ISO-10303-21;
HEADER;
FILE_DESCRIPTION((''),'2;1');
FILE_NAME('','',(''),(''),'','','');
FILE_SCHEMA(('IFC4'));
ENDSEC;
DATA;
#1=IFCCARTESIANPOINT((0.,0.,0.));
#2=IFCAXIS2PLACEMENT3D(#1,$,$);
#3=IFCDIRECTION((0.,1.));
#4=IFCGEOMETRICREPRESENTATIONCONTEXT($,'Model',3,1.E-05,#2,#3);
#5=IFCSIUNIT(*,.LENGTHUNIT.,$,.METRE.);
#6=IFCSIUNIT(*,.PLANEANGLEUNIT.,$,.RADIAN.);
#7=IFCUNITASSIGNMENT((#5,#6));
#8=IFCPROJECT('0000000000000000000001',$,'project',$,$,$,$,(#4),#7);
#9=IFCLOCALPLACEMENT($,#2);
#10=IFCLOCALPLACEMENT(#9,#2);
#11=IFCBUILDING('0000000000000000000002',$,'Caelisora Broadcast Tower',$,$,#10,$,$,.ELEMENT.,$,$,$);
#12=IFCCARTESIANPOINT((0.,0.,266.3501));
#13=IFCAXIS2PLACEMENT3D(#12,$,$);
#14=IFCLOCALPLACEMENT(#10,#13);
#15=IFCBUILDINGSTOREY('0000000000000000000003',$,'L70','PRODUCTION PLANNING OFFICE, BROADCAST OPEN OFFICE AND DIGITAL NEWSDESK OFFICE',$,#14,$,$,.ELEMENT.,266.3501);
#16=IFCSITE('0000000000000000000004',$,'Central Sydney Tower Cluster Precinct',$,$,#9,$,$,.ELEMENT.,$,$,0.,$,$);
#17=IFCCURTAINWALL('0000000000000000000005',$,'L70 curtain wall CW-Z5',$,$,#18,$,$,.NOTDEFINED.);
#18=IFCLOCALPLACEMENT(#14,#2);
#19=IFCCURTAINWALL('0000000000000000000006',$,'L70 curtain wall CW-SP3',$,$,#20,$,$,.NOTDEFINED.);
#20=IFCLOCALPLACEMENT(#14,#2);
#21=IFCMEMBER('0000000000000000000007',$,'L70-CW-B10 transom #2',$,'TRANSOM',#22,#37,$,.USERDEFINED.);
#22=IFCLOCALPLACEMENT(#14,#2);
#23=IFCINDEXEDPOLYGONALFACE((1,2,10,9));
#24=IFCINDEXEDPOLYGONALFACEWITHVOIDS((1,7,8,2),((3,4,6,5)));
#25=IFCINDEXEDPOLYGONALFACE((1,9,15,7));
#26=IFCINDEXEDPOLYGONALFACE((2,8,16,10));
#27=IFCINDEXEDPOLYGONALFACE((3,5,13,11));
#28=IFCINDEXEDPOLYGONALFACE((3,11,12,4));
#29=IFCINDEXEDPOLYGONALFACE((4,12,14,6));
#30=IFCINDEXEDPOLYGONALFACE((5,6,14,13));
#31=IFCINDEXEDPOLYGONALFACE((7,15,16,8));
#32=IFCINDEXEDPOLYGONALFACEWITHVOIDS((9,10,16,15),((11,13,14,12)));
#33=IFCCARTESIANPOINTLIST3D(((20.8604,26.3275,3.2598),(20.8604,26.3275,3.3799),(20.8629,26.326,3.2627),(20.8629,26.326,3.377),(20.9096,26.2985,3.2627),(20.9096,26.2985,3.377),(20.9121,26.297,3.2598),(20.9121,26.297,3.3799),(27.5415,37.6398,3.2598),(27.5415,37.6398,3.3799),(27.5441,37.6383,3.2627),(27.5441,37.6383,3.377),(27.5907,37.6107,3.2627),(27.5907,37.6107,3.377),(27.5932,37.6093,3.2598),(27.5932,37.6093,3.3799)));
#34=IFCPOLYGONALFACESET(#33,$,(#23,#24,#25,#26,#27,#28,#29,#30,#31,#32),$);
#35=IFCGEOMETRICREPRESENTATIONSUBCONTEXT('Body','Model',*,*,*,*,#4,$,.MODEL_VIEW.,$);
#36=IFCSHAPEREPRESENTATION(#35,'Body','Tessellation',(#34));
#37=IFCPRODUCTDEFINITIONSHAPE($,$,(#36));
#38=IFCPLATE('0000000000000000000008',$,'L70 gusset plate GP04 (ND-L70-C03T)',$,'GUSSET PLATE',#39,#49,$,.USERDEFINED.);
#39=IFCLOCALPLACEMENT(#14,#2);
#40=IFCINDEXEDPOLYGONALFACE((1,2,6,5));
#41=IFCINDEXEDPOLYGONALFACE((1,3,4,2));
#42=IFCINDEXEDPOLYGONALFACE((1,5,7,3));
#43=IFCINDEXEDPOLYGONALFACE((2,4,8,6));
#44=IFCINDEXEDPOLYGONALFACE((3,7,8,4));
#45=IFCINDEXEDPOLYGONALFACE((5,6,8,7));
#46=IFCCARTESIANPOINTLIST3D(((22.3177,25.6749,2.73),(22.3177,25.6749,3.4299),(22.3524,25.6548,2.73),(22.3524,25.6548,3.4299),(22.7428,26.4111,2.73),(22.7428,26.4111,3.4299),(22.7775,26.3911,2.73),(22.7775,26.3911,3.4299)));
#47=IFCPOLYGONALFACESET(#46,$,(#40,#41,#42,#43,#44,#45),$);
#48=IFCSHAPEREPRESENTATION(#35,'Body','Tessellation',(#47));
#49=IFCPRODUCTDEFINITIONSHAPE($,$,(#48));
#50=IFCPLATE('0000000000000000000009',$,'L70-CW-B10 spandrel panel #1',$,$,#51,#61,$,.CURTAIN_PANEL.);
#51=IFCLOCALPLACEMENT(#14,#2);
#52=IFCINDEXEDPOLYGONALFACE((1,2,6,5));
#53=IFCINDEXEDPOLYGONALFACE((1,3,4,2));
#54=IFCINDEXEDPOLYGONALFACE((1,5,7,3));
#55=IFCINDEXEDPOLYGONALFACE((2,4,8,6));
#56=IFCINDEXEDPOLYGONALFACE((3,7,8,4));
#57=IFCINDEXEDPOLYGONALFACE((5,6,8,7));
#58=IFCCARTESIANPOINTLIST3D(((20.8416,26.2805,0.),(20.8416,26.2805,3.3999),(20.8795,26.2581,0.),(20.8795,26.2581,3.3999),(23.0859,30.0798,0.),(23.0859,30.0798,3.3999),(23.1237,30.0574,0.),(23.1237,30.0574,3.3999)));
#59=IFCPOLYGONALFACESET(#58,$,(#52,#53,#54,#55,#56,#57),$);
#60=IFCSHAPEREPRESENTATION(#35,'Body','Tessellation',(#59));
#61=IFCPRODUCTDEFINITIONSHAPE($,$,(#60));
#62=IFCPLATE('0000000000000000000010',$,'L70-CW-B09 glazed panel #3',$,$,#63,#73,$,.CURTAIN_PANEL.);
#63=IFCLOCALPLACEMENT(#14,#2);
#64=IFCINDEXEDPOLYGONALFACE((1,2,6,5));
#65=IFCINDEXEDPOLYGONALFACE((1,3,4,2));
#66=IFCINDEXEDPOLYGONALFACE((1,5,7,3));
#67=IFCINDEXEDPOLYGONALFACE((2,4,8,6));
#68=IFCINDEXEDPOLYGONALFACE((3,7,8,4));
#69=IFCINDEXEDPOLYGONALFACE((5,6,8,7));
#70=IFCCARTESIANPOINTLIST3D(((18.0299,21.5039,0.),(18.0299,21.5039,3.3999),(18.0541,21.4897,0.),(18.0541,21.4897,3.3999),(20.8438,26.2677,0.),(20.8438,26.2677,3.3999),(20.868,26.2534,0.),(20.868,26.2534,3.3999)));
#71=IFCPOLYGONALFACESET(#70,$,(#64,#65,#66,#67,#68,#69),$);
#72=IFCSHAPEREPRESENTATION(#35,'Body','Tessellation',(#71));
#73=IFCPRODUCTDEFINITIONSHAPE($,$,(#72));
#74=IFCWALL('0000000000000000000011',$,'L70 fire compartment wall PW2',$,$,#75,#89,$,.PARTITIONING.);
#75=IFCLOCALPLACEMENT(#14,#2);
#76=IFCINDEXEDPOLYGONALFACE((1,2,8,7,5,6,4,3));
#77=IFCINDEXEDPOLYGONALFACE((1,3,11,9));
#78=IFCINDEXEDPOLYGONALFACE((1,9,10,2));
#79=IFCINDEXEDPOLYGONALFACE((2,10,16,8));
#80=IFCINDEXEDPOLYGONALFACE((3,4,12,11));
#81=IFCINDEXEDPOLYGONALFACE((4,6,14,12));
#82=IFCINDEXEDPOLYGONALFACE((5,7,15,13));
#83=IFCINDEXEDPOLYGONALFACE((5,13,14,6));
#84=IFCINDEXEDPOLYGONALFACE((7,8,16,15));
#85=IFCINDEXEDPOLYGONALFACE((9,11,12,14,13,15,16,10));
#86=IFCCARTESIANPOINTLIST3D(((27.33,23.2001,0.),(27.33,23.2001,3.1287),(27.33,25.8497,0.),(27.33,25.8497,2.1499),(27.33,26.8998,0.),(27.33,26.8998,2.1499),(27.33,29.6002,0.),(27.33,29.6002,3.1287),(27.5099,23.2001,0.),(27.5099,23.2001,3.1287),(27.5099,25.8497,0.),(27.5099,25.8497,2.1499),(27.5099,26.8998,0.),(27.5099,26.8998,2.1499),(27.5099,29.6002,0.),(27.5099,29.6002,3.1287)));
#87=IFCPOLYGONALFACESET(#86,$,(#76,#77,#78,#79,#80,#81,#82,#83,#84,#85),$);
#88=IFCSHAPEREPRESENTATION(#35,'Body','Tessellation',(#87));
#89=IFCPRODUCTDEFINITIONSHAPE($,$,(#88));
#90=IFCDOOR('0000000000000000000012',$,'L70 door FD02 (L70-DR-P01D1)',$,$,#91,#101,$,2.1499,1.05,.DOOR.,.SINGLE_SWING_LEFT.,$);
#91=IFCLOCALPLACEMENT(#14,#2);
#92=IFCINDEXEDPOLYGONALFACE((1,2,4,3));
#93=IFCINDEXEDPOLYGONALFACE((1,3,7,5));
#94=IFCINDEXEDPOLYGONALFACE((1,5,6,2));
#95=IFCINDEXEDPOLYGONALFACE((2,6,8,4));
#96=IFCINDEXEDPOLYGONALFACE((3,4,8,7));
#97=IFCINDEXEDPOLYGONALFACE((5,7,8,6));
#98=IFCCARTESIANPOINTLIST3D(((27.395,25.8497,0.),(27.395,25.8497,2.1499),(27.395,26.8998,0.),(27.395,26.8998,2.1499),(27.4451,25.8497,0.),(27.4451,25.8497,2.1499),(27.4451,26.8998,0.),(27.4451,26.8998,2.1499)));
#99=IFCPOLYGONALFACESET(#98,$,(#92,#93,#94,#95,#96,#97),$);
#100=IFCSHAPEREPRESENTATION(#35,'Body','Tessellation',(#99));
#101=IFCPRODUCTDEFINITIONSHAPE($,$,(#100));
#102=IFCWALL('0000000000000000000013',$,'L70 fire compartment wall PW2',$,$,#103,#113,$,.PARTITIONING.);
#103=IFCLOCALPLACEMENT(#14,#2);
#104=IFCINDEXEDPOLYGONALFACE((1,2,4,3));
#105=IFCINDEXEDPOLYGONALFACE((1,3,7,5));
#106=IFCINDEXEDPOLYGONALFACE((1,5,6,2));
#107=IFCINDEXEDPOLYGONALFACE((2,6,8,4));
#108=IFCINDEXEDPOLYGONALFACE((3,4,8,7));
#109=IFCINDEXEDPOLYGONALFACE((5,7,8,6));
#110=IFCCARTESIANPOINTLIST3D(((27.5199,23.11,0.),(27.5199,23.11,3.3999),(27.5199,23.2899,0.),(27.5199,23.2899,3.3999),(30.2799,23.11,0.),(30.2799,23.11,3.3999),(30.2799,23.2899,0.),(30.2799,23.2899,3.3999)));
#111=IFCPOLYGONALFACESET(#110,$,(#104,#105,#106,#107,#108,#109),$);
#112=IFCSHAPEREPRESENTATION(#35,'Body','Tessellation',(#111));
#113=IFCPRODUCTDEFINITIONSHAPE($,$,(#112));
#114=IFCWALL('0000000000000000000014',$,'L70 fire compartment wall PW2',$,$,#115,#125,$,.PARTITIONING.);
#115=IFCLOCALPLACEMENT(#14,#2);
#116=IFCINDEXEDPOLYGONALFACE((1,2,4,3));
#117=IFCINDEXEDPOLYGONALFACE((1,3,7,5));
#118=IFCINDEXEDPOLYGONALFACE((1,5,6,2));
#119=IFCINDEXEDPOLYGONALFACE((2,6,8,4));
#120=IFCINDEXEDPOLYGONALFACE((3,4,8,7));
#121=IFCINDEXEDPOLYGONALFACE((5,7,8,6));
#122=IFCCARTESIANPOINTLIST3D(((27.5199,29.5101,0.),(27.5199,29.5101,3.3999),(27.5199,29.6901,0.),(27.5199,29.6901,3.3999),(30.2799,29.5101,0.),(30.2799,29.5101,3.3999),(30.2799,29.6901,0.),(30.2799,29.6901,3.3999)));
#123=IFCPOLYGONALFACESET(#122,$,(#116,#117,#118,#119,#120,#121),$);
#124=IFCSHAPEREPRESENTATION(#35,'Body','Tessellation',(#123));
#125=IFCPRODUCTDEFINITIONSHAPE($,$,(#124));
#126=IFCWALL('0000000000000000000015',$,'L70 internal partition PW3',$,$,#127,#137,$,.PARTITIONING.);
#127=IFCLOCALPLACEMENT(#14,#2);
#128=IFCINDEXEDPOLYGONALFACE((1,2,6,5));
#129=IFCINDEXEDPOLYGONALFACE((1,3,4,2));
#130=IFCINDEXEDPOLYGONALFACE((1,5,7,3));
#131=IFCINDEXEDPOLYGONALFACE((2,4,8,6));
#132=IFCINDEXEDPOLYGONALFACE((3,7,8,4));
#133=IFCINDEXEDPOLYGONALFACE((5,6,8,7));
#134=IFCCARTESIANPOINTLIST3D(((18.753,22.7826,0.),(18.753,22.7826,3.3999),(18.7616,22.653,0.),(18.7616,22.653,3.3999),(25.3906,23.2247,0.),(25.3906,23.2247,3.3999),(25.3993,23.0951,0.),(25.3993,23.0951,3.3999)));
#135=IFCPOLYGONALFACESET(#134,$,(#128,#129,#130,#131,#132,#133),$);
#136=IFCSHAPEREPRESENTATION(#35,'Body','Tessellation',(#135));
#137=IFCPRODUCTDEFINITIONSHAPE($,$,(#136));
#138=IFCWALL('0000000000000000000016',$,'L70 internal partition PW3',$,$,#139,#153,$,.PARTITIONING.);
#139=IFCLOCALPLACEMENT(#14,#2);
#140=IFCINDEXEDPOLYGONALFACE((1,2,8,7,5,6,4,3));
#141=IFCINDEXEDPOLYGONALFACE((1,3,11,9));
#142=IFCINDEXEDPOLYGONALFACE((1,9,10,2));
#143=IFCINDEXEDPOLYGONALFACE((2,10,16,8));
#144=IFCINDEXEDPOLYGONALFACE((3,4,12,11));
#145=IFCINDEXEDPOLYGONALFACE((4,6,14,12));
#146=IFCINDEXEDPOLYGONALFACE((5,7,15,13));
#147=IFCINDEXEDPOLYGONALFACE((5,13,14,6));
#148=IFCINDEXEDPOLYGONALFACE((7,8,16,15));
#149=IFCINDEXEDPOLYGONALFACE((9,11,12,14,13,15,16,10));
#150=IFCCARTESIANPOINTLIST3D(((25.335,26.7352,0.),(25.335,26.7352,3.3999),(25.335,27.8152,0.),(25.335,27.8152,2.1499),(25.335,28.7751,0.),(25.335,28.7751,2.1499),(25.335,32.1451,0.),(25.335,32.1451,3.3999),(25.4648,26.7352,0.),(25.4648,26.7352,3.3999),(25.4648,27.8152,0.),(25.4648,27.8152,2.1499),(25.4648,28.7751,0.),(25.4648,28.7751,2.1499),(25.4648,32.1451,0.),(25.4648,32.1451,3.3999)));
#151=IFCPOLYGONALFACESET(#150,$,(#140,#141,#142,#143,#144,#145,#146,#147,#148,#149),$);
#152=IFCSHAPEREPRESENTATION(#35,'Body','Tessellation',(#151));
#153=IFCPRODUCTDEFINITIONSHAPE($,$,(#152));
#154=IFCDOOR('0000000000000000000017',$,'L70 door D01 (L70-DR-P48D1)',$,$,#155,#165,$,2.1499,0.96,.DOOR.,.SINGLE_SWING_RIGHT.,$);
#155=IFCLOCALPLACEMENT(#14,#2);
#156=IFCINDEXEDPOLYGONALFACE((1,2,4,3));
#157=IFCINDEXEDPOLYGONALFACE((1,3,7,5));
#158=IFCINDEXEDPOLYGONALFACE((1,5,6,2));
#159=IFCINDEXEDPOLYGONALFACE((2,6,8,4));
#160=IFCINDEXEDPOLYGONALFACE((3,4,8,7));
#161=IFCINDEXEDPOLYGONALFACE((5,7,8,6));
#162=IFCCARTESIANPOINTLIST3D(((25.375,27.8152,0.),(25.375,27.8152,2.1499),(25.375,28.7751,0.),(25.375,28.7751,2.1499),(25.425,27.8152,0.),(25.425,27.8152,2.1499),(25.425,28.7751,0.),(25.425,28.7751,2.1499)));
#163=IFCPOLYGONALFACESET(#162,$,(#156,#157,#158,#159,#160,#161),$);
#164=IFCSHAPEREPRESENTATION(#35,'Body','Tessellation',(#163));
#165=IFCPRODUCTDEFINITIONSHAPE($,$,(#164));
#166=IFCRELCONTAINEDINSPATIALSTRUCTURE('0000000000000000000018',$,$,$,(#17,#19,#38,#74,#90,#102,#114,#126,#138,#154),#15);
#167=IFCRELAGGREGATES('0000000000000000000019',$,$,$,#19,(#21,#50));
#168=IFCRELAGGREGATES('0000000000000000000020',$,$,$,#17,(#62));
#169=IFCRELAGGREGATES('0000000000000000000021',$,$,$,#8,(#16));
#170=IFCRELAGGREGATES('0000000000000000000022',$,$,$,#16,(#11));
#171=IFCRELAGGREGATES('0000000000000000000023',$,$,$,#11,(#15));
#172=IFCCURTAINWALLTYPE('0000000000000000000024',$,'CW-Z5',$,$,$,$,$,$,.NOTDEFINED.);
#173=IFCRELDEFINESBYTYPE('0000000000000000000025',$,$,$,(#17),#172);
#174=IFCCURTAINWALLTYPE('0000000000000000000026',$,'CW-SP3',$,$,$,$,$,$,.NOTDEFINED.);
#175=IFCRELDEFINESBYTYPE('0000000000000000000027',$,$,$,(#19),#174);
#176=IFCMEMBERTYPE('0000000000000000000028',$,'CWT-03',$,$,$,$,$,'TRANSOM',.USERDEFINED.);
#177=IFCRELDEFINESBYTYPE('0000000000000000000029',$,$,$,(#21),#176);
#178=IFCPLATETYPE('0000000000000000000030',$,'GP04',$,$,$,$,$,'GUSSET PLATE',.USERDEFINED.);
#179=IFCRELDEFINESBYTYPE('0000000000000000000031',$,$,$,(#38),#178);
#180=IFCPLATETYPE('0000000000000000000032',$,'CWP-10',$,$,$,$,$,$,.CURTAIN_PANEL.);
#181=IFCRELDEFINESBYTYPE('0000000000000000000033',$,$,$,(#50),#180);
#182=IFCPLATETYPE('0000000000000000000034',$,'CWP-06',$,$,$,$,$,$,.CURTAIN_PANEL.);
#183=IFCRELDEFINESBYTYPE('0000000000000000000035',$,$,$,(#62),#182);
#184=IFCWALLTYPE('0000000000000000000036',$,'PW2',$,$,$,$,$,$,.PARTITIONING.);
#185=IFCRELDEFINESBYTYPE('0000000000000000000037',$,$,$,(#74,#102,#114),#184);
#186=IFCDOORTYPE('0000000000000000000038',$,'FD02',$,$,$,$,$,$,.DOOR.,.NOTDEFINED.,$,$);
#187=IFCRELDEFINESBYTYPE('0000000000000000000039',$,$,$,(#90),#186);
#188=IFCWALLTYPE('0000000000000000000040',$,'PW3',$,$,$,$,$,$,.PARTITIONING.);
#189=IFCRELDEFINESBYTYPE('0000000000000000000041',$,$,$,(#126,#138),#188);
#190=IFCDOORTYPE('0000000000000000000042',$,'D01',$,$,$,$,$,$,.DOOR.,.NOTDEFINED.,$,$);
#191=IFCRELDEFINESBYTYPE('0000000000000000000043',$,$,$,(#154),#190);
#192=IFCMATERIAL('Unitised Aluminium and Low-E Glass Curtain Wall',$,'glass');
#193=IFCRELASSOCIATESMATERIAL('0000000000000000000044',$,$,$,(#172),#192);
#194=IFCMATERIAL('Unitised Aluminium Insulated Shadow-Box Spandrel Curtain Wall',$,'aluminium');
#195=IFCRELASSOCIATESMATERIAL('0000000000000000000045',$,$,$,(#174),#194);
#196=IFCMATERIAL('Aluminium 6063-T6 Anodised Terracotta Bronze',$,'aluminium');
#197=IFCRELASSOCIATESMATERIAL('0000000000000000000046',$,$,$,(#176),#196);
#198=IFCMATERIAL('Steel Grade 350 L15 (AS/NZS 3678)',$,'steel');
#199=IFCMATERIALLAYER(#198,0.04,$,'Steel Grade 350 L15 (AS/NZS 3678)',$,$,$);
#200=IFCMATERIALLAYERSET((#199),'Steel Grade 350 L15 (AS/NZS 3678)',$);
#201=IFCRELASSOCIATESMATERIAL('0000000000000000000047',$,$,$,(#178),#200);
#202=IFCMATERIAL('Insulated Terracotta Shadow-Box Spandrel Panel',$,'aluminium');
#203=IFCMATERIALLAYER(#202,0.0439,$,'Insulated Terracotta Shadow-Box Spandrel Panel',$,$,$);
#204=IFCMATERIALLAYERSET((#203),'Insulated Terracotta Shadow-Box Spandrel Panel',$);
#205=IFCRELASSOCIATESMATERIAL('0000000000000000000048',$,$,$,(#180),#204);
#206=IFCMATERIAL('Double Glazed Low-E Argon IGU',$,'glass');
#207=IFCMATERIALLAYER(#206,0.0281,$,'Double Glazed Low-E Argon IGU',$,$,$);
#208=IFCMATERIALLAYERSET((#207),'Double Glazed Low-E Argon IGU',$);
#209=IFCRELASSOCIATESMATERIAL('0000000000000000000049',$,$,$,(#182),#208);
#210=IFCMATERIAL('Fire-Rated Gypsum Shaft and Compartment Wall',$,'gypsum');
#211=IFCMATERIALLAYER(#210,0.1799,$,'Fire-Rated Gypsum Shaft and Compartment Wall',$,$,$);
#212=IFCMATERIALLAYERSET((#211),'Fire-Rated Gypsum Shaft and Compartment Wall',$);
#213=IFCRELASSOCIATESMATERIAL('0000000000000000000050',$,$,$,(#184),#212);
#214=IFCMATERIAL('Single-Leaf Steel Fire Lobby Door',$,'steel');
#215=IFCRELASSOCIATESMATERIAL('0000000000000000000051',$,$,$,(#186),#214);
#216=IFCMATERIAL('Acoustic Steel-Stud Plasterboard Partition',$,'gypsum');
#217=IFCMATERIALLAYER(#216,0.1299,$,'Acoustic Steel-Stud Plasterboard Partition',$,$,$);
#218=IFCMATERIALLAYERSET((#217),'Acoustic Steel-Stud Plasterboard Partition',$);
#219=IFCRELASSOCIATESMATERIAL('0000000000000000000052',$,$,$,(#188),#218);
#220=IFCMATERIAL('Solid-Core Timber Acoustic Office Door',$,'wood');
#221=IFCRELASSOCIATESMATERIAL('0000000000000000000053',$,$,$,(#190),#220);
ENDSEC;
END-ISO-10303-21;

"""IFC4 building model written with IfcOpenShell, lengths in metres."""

from ifc_helpers import new_model, si_unit, direction, frame, frame_2d, origin, origin_2d, place, context, subcontext, project, spatial, rectangle, hollow_rectangle, extrude, source, transform, mapped, material, layer, layer_set, material_profile, profile_set, type_object, type_shapes, element, fill, aggregate, save


model = new_model("IFC4")

# Units and contexts
model_context = context("Model", 3, precision=1e-05, world=origin(), true_north=direction((0.0, 1.0)))
body_context = subcontext(model_context, "Body", "Model", "MODEL_VIEW")
ifc_project = project(units=[si_unit("LENGTHUNIT", "METRE"), si_unit("PLANEANGLEUNIT", "RADIAN")], contexts=[model_context])

# Site, building, storey
site_placement = place(None, origin())
site = spatial("IfcSite", under=ifc_project, at=site_placement, Name="Central Sydney Tower Cluster Precinct", CompositionType="ELEMENT", RefElevation=0.0)
building_placement = place(site_placement, origin())
building = spatial("IfcBuilding", under=site, at=building_placement, Name="Caelisora Broadcast Tower", CompositionType="ELEMENT")
storey_placement = place(building_placement, frame((0.0, 0.0, 266.3501)))
storey = spatial("IfcBuildingStorey", under=building, at=storey_placement, Name="L70", Description="PRODUCTION PLANNING OFFICE, BROADCAST OPEN OFFICE AND DIGITAL NEWSDESK OFFICE", CompositionType="ELEMENT", Elevation=266.3501)

# Shared definitions
ifc_material_1 = material(Name="Steel Grade 350 L15 (AS/NZS 3678)", Category="steel")

# Curtain walls, member
ifc_material_2 = material(Name="Unitised Aluminium and Low-E Glass Curtain Wall", Category="glass")
curtain_wall_type_1 = type_object("IfcCurtainWallType", Name="CW-Z5", PredefinedType="NOTDEFINED", material=ifc_material_2)
curtain_wall_1_placement = place(storey_placement, origin())
curtain_wall_1 = element("IfcCurtainWall", 1, at=curtain_wall_1_placement, inside=storey, type_object=curtain_wall_type_1, Name="L70 curtain wall CW-Z5", PredefinedType="NOTDEFINED")
ifc_material_3 = material(Name="Aluminium 6063-T6 Anodised Terracotta Bronze", Category="aluminium")
ifc_material_4 = material(Name="Unitised Aluminium Insulated Shadow-Box Spandrel Curtain Wall", Category="aluminium")
curtain_wall_type_2 = type_object("IfcCurtainWallType", Name="CW-SP3", PredefinedType="NOTDEFINED", material=ifc_material_4)
curtain_wall_2_placement = place(storey_placement, origin())
curtain_wall_2 = element("IfcCurtainWall", 2, at=curtain_wall_2_placement, inside=storey, type_object=curtain_wall_type_2, Name="L70 curtain wall CW-SP3", PredefinedType="NOTDEFINED")
ifc_material_profile_1 = material_profile(ifc_material_3, hollow_rectangle(XDim=0.0601, YDim=0.1201, WallThickness=0.0029, at=origin_2d()), Name="Aluminium 6063-T6 Anodised Terracotta Bronze")
ifc_profile_set_1 = profile_set([ifc_material_profile_1], Name="Aluminium 6063-T6 Anodised Terracotta Bronze")
member_type_1 = type_object("IfcMemberType", Name="CWT-03", ElementType="TRANSOM", PredefinedType="USERDEFINED", material=ifc_profile_set_1)
shared_shape_1 = source(origin(), body_context, "Body", "SweptSolid", [
    extrude(hollow_rectangle(XDim=0.0601, YDim=0.1201, WallThickness=0.0029, at=origin_2d()), origin(), (0.0, 0.0, 1.0), 13.1379),
])
type_shapes(member_type_1, [shared_shape_1])
member_1_placement = place(storey_placement, frame((20.8862, 26.3123, 3.3198), z_axis=(0.50854, 0.861039, 0.0), x_axis=(-0.861039, 0.50854, 0.0)))
member_1 = element("IfcMember", 3, at=member_1_placement, type_object=member_type_1, Name="L70-CW-B10 transom #2", ObjectType="TRANSOM", PredefinedType="USERDEFINED", context=body_context, shape_type="MappedRepresentation", body=[
    mapped(shared_shape_1, transform((0.0, 0.0, 0.0), scale=1.0)),
])

# Plates
ifc_layer_1 = layer(ifc_material_1, 0.04, Name="Steel Grade 350 L15 (AS/NZS 3678)")
ifc_layer_set_1 = layer_set([ifc_layer_1], Name="Steel Grade 350 L15 (AS/NZS 3678)")
plate_type_1 = type_object("IfcPlateType", Name="GP04", ElementType="GUSSET PLATE", PredefinedType="USERDEFINED", material=ifc_layer_set_1)
shared_shape_2 = source(origin(), body_context, "Body", "SweptSolid", [
    extrude(rectangle(XDim=0.8501, YDim=0.04, at=origin_2d()), origin(), (0.0, 0.0, 1.0), 0.7),
])
type_shapes(plate_type_1, [shared_shape_2])
plate_1_placement = place(storey_placement, frame((22.5476, 26.033, 2.73), z_axis=(0.0, 0.0, 1.0), x_axis=(-0.5, -0.866025, 0.0)))
element("IfcPlate", 4, at=plate_1_placement, inside=storey, type_object=plate_type_1, Name="L70 gusset plate GP04 (ND-L70-C03T)", ObjectType="GUSSET PLATE", PredefinedType="USERDEFINED", context=body_context, shape_type="MappedRepresentation", body=[
    mapped(shared_shape_2, transform((0.0, 0.0, 0.0), scale=1.0)),
])
ifc_material_5 = material(Name="Insulated Terracotta Shadow-Box Spandrel Panel", Category="aluminium")
ifc_layer_2 = layer(ifc_material_5, 0.0439, Name="Insulated Terracotta Shadow-Box Spandrel Panel")
ifc_layer_set_2 = layer_set([ifc_layer_2], Name="Insulated Terracotta Shadow-Box Spandrel Panel")
plate_type_2 = type_object("IfcPlateType", Name="CWP-10", PredefinedType="CURTAIN_PANEL", material=ifc_layer_set_2)
shared_shape_3 = source(origin(), body_context, "Body", "SweptSolid", [
    extrude(rectangle(XDim=4.4126, YDim=0.0439, at=origin_2d()), origin(), (0.0, 0.0, 1.0), 3.3999),
])
type_shapes(plate_type_2, [shared_shape_3])
plate_2_placement = place(storey_placement, frame((21.9827, 28.1689, 0.0), z_axis=(0.0, 0.0, 1.0), x_axis=(0.508591, 0.861008, 0.0)))
plate_2 = element("IfcPlate", 5, at=plate_2_placement, type_object=plate_type_2, Name="L70-CW-B10 spandrel panel #1", PredefinedType="CURTAIN_PANEL", context=body_context, shape_type="MappedRepresentation", body=[
    mapped(shared_shape_3, transform((0.0, 0.0, 0.0), scale=1.0)),
])
aggregate(curtain_wall_2, [member_1, plate_2])
ifc_material_6 = material(Name="Double Glazed Low-E Argon IGU", Category="glass")
ifc_layer_3 = layer(ifc_material_6, 0.0281, Name="Double Glazed Low-E Argon IGU")
ifc_layer_set_3 = layer_set([ifc_layer_3], Name="Double Glazed Low-E Argon IGU")
plate_type_3 = type_object("IfcPlateType", Name="CWP-06", PredefinedType="CURTAIN_PANEL", material=ifc_layer_set_3)
shared_shape_4 = source(origin(), body_context, "Body", "SweptSolid", [
    extrude(rectangle(XDim=5.5327, YDim=0.0281, at=origin_2d()), origin(), (0.0, 0.0, 1.0), 3.3999),
])
type_shapes(plate_type_3, [shared_shape_4])
plate_3_placement = place(storey_placement, frame((19.449, 23.8787, 0.0), z_axis=(0.0, 0.0, 1.0), x_axis=(0.508591, 0.861008, 0.0)))
plate_3 = element("IfcPlate", 6, at=plate_3_placement, type_object=plate_type_3, Name="L70-CW-B09 glazed panel #3", PredefinedType="CURTAIN_PANEL", context=body_context, shape_type="MappedRepresentation", body=[
    mapped(shared_shape_4, transform((0.0, 0.0, 0.0), scale=1.0)),
])
aggregate(curtain_wall_1, [plate_3])

# Wall, opening, door
ifc_material_7 = material(Name="Fire-Rated Gypsum Shaft and Compartment Wall", Category="gypsum")
ifc_layer_4 = layer(ifc_material_7, 0.1799, Name="Fire-Rated Gypsum Shaft and Compartment Wall")
ifc_layer_set_4 = layer_set([ifc_layer_4], Name="Fire-Rated Gypsum Shaft and Compartment Wall")
wall_type_1 = type_object("IfcWallType", Name="PW2", PredefinedType="PARTITIONING", material=ifc_layer_set_4)
wall_1_placement = place(storey_placement, frame((27.4199, 23.2, 0.0), z_axis=(0.0, 0.0, 1.0), x_axis=(0.0, 1.0, 0.0)))
wall_1 = element("IfcWall", 7, at=wall_1_placement, inside=storey, type_object=wall_type_1, Name="L70 fire compartment wall PW2", PredefinedType="PARTITIONING", context=body_context, shape_type="SweptSolid", body=[
    extrude(rectangle(XDim=6.4001, YDim=0.1799, at=frame_2d((3.2002, 0.0))), origin(), (0.0, 0.0, 1.0), 3.1287),
])
opening_1_placement = place(wall_1_placement, frame((2.6499, 0.0, 0.0)))
opening_1 = element("IfcOpeningElement", 8, at=opening_1_placement, cuts=wall_1, PredefinedType="OPENING", context=body_context, shape_type="SweptSolid", body=[
    extrude(rectangle(XDim=1.05, YDim=2.1499, at=frame_2d((0.5249, 1.075))), frame((0.0, 0.1021, 0.0), z_axis=(0.0, -1.0, 0.0), x_axis=(1.0, 0.0, 0.0)), (0.0, 0.0, 1.0), 0.2039),
])
ifc_material_8 = material(Name="Single-Leaf Steel Fire Lobby Door", Category="steel")
door_type_1 = type_object("IfcDoorType", Name="FD02", OperationType="NOTDEFINED", PredefinedType="DOOR", material=ifc_material_8)
door_1_placement = place(opening_1_placement, origin())
door_1 = element("IfcDoor", 9, at=door_1_placement, inside=storey, type_object=door_type_1, Name="L70 door FD02 (L70-DR-P01D1)", OperationType="SINGLE_SWING_LEFT", OverallHeight=2.1499, OverallWidth=1.05, PredefinedType="DOOR", context=body_context, shape_type="SweptSolid", body=[
    extrude(rectangle(XDim=1.05, YDim=2.1499, at=frame_2d((0.5249, 1.075))), frame((0.0, 0.0249, 0.0), z_axis=(0.0, -1.0, 0.0), x_axis=(1.0, 0.0, 0.0)), (0.0, 0.0, 1.0), 0.05),
])
fill(opening_1, door_1)

# Walls
for number, where, z_axis, x_axis, name in (
    (10, (27.52, 23.2, 0.0), (0.0, 0.0, 1.0), (1.0, 0.0, 0.0), "L70 fire compartment wall PW2"),
    (11, (27.52, 29.6001, 0.0), (0.0, 0.0, 1.0), (1.0, 0.0, 0.0), "L70 fire compartment wall PW2"),
):
    element("IfcWall", number, at=place(storey_placement, frame(where, z_axis=z_axis, x_axis=x_axis)), inside=storey, type_object=wall_type_1, Name=name, PredefinedType="PARTITIONING", context=body_context, shape_type="SweptSolid", body=[
        extrude(rectangle(XDim=2.76, YDim=0.1799, at=frame_2d((1.3799, 0.0))), origin(), (0.0, 0.0, 1.0), 3.3999),
    ])
ifc_material_9 = material(Name="Acoustic Steel-Stud Plasterboard Partition", Category="gypsum")
ifc_layer_5 = layer(ifc_material_9, 0.1299, Name="Acoustic Steel-Stud Plasterboard Partition")
ifc_layer_set_5 = layer_set([ifc_layer_5], Name="Acoustic Steel-Stud Plasterboard Partition")
wall_type_2 = type_object("IfcWallType", Name="PW3", PredefinedType="PARTITIONING", material=ifc_layer_set_5)
wall_2_placement = place(storey_placement, frame((18.7573, 22.7178, 0.0), z_axis=(0.0, 0.0, 1.0), x_axis=(0.997789, 0.066463, 0.0)))
element("IfcWall", 12, at=wall_2_placement, inside=storey, type_object=wall_type_2, Name="L70 internal partition PW3", PredefinedType="PARTITIONING", context=body_context, shape_type="SweptSolid", body=[
    extrude(rectangle(XDim=6.6523, YDim=0.1299, at=frame_2d((3.3262, 0.0))), origin(), (0.0, 0.0, 1.0), 3.3999),
])

# Wall, opening, door
wall_3_placement = place(storey_placement, frame((25.3999, 26.7351, 0.0), z_axis=(0.0, 0.0, 1.0), x_axis=(0.0, 1.0, 0.0)))
wall_3 = element("IfcWall", 13, at=wall_3_placement, inside=storey, type_object=wall_type_2, Name="L70 internal partition PW3", PredefinedType="PARTITIONING", context=body_context, shape_type="SweptSolid", body=[
    extrude(rectangle(XDim=5.4099, YDim=0.1299, at=frame_2d((2.7051, 0.0))), origin(), (0.0, 0.0, 1.0), 3.3999),
])
opening_2_placement = place(wall_3_placement, frame((1.0801, 0.0, 0.0)))
opening_2 = element("IfcOpeningElement", 14, at=opening_2_placement, cuts=wall_3, PredefinedType="OPENING", context=body_context, shape_type="SweptSolid", body=[
    extrude(rectangle(XDim=0.96, YDim=2.1499, at=frame_2d((0.48, 1.075))), frame((0.0, 0.0769, 0.0), z_axis=(0.0, -1.0, 0.0), x_axis=(1.0, 0.0, 0.0)), (0.0, 0.0, 1.0), 0.1538),
])
ifc_material_10 = material(Name="Solid-Core Timber Acoustic Office Door", Category="wood")
door_type_2 = type_object("IfcDoorType", Name="D01", OperationType="NOTDEFINED", PredefinedType="DOOR", material=ifc_material_10)
door_2_placement = place(opening_2_placement, origin())
door_2 = element("IfcDoor", 15, at=door_2_placement, inside=storey, type_object=door_type_2, Name="L70 door D01 (L70-DR-P48D1)", OperationType="SINGLE_SWING_RIGHT", OverallHeight=2.1499, OverallWidth=0.96, PredefinedType="DOOR", context=body_context, shape_type="SweptSolid", body=[
    extrude(rectangle(XDim=0.96, YDim=2.1499, at=frame_2d((0.48, 1.075))), frame((0.0, 0.0249, 0.0), z_axis=(0.0, -1.0, 0.0), x_axis=(1.0, 0.0, 0.0)), (0.0, 0.0, 1.0), 0.05),
])
fill(opening_2, door_2)

save(model, "model.ifc")
